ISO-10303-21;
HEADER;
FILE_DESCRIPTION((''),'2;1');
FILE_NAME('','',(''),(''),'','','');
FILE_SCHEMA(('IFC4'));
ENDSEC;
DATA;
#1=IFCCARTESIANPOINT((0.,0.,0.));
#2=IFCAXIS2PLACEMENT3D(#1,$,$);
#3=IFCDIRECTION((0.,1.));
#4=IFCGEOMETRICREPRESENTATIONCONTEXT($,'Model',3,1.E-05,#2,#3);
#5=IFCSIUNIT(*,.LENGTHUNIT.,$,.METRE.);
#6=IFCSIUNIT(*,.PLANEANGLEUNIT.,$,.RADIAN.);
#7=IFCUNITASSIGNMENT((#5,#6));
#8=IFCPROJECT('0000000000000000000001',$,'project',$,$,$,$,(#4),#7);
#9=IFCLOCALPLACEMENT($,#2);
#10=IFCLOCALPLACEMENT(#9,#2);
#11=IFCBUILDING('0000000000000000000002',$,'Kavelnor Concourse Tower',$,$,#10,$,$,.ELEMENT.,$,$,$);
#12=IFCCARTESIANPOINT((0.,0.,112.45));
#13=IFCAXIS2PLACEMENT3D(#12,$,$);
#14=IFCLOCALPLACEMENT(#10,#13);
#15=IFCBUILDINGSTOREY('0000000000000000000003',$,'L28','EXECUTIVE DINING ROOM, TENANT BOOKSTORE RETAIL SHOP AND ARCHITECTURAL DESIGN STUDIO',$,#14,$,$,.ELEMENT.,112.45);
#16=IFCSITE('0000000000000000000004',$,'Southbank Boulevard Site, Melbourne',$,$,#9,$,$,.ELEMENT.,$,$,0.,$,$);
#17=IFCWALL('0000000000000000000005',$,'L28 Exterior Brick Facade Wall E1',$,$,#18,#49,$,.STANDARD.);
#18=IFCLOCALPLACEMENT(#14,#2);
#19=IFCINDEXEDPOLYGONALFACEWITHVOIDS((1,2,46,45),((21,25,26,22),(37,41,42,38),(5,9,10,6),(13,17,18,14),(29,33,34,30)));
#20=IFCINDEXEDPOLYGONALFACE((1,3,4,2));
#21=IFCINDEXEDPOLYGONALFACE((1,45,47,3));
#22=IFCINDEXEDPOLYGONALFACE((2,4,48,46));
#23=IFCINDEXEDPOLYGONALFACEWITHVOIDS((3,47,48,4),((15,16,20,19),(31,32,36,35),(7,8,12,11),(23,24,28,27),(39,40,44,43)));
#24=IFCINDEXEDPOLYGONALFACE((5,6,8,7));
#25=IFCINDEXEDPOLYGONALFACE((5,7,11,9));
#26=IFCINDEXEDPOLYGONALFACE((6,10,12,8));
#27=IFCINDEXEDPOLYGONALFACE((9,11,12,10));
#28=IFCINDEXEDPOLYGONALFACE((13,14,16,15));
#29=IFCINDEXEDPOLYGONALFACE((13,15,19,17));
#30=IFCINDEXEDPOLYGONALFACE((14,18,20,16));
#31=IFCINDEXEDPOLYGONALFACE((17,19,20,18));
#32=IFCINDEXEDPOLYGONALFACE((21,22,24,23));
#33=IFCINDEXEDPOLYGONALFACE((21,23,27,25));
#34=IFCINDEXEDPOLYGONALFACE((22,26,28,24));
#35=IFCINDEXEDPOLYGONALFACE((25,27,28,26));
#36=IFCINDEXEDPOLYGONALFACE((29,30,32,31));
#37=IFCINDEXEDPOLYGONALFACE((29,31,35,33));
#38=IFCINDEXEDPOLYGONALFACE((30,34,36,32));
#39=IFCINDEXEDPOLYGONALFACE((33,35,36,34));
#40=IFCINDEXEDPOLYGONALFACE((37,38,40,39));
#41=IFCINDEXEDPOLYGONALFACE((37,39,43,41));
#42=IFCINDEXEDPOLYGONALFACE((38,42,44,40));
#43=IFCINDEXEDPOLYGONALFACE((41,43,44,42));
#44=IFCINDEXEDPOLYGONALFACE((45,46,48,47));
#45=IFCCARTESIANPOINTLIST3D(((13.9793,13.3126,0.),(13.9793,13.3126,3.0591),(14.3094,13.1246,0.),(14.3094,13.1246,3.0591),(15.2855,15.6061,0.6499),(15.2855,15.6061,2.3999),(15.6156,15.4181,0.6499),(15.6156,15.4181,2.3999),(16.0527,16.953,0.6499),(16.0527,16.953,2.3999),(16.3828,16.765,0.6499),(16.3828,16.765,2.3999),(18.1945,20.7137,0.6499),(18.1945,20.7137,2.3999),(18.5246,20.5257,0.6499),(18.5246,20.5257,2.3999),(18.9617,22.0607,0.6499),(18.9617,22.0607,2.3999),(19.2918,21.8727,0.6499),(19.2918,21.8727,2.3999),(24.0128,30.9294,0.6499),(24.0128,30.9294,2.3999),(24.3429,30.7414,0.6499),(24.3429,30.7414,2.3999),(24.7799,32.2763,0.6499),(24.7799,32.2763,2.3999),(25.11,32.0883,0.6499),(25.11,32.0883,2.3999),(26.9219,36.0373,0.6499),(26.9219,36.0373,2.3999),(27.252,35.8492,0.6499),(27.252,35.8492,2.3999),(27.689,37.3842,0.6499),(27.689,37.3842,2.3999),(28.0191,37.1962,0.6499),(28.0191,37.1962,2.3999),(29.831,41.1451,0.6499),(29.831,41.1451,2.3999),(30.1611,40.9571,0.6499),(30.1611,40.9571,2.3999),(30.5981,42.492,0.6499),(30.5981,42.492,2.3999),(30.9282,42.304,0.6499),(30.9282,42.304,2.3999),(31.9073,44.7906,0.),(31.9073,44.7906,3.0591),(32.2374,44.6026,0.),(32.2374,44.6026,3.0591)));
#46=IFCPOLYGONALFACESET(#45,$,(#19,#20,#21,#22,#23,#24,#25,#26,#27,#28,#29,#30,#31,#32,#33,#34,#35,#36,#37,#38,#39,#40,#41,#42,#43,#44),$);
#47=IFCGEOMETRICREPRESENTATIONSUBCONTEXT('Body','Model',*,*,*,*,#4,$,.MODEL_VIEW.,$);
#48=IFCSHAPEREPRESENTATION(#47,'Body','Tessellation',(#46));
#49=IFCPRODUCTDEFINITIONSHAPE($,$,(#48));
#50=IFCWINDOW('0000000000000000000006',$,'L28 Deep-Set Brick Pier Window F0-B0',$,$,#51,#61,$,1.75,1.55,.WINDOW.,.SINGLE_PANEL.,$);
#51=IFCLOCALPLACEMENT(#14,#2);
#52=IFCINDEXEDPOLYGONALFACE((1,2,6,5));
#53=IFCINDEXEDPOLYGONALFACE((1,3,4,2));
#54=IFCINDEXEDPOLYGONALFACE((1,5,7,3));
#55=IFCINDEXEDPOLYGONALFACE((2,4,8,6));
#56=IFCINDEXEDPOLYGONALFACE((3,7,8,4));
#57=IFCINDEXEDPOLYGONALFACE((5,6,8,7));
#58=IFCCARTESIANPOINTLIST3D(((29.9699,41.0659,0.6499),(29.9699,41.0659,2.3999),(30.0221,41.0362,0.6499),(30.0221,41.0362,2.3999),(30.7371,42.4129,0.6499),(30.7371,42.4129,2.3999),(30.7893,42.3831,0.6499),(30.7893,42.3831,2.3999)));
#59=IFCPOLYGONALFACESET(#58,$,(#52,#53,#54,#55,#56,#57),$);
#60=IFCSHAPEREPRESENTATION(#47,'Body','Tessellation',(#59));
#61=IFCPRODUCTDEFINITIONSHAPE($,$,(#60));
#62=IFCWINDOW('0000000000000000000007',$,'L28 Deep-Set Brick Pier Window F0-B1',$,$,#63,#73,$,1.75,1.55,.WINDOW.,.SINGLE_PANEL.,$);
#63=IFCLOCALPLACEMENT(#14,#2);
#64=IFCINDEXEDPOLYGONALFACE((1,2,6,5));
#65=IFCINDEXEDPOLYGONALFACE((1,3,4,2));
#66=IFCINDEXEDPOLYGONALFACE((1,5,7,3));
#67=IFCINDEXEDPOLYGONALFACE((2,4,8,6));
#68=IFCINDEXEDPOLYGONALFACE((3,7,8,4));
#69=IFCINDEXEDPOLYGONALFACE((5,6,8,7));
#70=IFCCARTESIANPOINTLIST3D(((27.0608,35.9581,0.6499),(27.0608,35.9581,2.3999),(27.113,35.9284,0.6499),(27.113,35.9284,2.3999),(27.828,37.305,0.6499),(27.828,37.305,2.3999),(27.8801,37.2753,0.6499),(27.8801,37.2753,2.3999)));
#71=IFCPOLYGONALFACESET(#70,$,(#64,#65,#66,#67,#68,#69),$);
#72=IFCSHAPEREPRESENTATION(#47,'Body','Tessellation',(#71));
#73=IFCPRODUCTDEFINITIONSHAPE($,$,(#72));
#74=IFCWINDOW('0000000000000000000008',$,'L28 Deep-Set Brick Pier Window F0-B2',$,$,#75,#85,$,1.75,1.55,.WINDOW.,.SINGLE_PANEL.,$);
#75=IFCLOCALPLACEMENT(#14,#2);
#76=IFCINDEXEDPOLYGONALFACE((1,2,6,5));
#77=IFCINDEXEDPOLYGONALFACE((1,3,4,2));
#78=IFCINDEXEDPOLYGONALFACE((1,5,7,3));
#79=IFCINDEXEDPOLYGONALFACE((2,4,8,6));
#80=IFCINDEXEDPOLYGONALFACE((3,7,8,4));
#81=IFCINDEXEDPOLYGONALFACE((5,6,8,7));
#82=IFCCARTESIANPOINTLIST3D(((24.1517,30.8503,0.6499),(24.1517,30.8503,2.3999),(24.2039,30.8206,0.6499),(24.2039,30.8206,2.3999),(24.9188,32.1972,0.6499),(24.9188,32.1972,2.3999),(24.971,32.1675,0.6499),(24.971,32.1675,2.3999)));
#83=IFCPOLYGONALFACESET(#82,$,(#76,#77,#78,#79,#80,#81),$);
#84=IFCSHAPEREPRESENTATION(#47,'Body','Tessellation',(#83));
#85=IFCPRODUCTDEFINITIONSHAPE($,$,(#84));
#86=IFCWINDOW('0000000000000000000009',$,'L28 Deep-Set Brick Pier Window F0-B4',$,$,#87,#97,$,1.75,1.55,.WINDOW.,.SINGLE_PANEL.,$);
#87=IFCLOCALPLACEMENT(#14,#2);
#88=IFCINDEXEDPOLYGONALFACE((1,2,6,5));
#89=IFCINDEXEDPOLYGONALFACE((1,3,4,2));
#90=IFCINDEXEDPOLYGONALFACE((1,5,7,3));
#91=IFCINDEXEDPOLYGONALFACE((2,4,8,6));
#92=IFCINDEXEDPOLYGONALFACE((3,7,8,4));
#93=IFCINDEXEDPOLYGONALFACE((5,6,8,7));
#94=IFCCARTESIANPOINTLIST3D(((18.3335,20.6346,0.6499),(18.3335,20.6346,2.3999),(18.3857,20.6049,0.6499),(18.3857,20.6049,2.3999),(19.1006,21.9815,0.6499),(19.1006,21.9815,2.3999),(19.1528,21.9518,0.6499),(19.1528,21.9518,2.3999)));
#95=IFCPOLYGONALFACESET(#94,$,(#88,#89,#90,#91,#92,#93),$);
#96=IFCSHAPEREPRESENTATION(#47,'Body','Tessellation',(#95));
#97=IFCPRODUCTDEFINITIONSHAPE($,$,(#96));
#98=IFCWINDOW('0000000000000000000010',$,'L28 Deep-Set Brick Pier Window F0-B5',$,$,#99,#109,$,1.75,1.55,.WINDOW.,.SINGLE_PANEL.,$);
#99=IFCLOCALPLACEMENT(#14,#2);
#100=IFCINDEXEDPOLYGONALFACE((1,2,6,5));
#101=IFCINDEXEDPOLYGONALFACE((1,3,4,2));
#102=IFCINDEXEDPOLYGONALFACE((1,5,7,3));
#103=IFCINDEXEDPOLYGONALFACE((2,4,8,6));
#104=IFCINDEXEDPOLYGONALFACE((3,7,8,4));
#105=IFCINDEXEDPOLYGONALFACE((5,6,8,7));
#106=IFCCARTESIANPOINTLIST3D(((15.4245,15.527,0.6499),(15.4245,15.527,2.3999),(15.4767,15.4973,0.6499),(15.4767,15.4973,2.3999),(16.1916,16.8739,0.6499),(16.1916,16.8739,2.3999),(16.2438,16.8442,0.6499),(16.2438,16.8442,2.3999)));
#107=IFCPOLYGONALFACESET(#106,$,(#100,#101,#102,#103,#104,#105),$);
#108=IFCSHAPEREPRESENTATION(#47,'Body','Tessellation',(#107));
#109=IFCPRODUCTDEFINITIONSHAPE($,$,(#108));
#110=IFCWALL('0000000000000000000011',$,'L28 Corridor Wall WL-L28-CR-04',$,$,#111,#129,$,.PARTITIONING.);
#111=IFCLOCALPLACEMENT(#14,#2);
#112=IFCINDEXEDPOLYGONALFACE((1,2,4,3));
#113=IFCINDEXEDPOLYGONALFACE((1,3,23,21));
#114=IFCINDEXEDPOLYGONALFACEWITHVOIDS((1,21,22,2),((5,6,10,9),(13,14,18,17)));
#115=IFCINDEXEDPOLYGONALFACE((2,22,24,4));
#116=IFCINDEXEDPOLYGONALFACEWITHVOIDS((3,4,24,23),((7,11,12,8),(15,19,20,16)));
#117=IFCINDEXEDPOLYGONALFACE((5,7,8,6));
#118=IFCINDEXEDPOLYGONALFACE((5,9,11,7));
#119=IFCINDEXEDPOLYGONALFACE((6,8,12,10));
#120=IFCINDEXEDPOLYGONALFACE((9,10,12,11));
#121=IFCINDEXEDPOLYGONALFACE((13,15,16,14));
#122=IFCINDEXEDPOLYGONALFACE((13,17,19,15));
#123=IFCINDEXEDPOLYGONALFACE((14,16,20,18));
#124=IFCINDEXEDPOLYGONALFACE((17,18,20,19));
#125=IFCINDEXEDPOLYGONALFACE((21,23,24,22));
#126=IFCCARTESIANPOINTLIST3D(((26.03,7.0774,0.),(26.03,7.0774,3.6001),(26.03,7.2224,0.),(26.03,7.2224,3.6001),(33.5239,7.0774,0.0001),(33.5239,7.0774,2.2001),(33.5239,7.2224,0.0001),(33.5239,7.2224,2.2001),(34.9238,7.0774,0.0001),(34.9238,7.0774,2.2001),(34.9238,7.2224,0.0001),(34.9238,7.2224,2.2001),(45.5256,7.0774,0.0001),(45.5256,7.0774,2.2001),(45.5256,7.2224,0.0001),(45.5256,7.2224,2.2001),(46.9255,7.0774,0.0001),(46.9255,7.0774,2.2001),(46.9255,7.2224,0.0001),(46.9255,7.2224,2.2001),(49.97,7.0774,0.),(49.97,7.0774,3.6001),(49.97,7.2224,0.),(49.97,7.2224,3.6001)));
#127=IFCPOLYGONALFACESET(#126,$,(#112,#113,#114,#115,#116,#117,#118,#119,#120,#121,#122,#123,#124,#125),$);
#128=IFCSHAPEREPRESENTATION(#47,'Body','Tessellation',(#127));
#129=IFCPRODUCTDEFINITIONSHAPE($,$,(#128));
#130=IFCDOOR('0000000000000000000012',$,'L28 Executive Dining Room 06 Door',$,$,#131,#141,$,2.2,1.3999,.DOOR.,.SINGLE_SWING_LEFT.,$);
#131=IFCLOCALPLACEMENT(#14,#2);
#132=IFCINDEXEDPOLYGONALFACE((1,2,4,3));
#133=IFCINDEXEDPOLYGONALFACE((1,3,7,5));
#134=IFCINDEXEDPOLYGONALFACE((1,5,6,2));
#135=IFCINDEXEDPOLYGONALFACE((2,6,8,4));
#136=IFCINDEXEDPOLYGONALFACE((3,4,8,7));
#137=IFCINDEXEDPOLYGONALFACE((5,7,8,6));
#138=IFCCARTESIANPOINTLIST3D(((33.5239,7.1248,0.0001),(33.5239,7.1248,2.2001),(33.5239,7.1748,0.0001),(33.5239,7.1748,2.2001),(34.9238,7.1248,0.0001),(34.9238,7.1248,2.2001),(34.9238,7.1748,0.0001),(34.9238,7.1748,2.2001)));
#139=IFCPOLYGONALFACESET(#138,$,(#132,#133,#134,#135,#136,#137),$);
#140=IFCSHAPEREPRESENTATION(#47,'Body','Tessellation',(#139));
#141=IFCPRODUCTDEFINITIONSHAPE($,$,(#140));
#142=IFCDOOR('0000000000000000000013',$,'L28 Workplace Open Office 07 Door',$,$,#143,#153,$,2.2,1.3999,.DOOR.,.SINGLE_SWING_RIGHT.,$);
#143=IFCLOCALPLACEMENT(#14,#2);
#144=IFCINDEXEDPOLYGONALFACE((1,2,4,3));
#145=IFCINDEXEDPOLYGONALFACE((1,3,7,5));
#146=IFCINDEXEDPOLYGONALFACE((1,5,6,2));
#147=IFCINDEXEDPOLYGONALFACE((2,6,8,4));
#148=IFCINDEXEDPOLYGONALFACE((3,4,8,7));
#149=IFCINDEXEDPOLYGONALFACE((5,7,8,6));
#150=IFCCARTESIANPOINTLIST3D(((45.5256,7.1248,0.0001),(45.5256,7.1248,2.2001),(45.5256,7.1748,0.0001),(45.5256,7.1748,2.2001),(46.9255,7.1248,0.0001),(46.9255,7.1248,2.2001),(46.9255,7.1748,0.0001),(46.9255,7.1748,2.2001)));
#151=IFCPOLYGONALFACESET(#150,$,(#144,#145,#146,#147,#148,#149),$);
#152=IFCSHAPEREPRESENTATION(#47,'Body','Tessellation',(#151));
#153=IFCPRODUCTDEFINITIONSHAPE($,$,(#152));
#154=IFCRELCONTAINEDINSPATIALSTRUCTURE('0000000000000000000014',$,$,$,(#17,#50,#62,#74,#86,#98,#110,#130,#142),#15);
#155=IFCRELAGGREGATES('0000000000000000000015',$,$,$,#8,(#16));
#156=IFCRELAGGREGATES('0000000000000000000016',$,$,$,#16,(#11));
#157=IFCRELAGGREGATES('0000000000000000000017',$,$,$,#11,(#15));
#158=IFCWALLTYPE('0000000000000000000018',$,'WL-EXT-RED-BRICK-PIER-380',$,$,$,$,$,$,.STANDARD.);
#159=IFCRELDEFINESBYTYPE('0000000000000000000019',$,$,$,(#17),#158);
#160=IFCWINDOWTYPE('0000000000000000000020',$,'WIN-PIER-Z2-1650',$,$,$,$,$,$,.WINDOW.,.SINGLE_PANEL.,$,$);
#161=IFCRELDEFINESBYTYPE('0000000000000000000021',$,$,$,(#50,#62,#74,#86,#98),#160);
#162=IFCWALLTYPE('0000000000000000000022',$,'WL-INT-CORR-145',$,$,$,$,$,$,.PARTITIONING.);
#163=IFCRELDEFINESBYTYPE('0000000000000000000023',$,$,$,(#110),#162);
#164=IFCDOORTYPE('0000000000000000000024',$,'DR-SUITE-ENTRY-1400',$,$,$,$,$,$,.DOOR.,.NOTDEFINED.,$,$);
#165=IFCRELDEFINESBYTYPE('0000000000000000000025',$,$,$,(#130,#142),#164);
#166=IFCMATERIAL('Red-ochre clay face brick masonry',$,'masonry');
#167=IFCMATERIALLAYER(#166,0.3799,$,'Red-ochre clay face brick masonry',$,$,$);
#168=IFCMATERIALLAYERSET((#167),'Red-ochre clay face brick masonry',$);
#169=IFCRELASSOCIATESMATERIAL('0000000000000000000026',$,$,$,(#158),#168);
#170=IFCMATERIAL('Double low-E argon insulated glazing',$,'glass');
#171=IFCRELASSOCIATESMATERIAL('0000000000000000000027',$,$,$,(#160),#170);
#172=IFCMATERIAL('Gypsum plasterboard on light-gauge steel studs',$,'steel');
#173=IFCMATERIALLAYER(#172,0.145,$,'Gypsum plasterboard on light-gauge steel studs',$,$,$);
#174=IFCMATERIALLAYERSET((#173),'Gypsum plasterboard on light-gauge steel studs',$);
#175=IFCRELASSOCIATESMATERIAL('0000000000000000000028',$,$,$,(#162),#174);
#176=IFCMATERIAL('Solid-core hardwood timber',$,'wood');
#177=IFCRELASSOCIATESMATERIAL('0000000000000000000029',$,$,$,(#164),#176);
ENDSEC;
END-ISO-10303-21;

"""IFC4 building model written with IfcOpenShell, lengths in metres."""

from ifc_helpers import new_model, si_unit, direction, frame, frame_2d, origin, place, context, subcontext, project, spatial, rectangle, extrude, material, layer, layer_set, type_object, element, fill, save


model = new_model("IFC4")

# Units and contexts
model_context = context("Model", 3, precision=1e-05, world=origin(), true_north=direction((0.0, 1.0)))
body_context = subcontext(model_context, "Body", "Model", "MODEL_VIEW")
ifc_project = project(units=[si_unit("LENGTHUNIT", "METRE"), si_unit("PLANEANGLEUNIT", "RADIAN")], contexts=[model_context])

# Site, building, storey
site_placement = place(None, origin())
site = spatial("IfcSite", under=ifc_project, at=site_placement, Name="Southbank Boulevard Site, Melbourne", CompositionType="ELEMENT", RefElevation=0.0)
building_placement = place(site_placement, origin())
building = spatial("IfcBuilding", under=site, at=building_placement, Name="Kavelnor Concourse Tower", CompositionType="ELEMENT")
storey_placement = place(building_placement, frame((0.0, 0.0, 112.45)))
storey = spatial("IfcBuildingStorey", under=building, at=storey_placement, Name="L28", Description="EXECUTIVE DINING ROOM, TENANT BOOKSTORE RETAIL SHOP AND ARCHITECTURAL DESIGN STUDIO", CompositionType="ELEMENT", Elevation=112.45)

# Shared definitions
ifc_material_1 = material(Name="Double low-E argon insulated glazing", Category="glass")

# Wall, openings, windows
ifc_material_2 = material(Name="Red-ochre clay face brick masonry", Category="masonry")
ifc_layer_1 = layer(ifc_material_2, 0.3799, Name="Red-ochre clay face brick masonry")
ifc_layer_set_1 = layer_set([ifc_layer_1], Name="Red-ochre clay face brick masonry")
wall_type_1 = type_object("IfcWallType", Name="WL-EXT-RED-BRICK-PIER-380", PredefinedType="STANDARD", material=ifc_layer_set_1)
wall_1_placement = place(storey_placement, frame((14.1443, 13.2185, 0.0), z_axis=(0.0, 0.0, 1.0), x_axis=(0.494901, 0.868949, 0.0)))
wall_1 = element("IfcWall", 1, at=wall_1_placement, inside=storey, type_object=wall_type_1, Name="L28 Exterior Brick Facade Wall E1", PredefinedType="STANDARD", context=body_context, shape_type="SweptSolid", body=[
    extrude(rectangle(XDim=36.2253, YDim=0.3799, at=frame_2d((18.1128, 0.0))), origin(), (0.0, 0.0, 1.0), 3.0591),
])
opening_1_placement = place(wall_1_placement, frame((32.0303, 0.0, 0.6499)))
opening_1 = element("IfcOpeningElement", 2, at=opening_1_placement, cuts=wall_1, PredefinedType="OPENING", context=body_context, shape_type="SweptSolid", body=[
    extrude(rectangle(XDim=1.55, YDim=1.75, at=frame_2d((0.7749, 0.875))), frame((0.0, 0.2, 0.0), z_axis=(0.0, -1.0, 0.0), x_axis=(1.0, 0.0, 0.0)), (0.0, 0.0, 1.0), 0.3999),
])
opening_2_placement = place(wall_1_placement, frame((26.1521, 0.0, 0.6499)))
opening_2 = element("IfcOpeningElement", 3, at=opening_2_placement, cuts=wall_1, PredefinedType="OPENING", context=body_context, shape_type="SweptSolid", body=[
    extrude(rectangle(XDim=1.55, YDim=1.75, at=frame_2d((0.7749, 0.875))), frame((0.0, 0.2, 0.0), z_axis=(0.0, -1.0, 0.0), x_axis=(1.0, 0.0, 0.0)), (0.0, 0.0, 1.0), 0.3999),
])
opening_3_placement = place(wall_1_placement, frame((20.2739, 0.0, 0.6499)))
opening_3 = element("IfcOpeningElement", 4, at=opening_3_placement, cuts=wall_1, PredefinedType="OPENING", context=body_context, shape_type="SweptSolid", body=[
    extrude(rectangle(XDim=1.55, YDim=1.75, at=frame_2d((0.7749, 0.875))), frame((0.0, 0.2, 0.0), z_axis=(0.0, -1.0, 0.0), x_axis=(1.0, 0.0, 0.0)), (0.0, 0.0, 1.0), 0.3999),
])
opening_4_placement = place(wall_1_placement, frame((8.5176, 0.0, 0.6499)))
opening_4 = element("IfcOpeningElement", 5, at=opening_4_placement, cuts=wall_1, PredefinedType="OPENING", context=body_context, shape_type="SweptSolid", body=[
    extrude(rectangle(XDim=1.55, YDim=1.75, at=frame_2d((0.7749, 0.875))), frame((0.0, 0.2, 0.0), z_axis=(0.0, -1.0, 0.0), x_axis=(1.0, 0.0, 0.0)), (0.0, 0.0, 1.0), 0.3999),
])
opening_5_placement = place(wall_1_placement, frame((2.6396, 0.0, 0.6499)))
opening_5 = element("IfcOpeningElement", 6, at=opening_5_placement, cuts=wall_1, PredefinedType="OPENING", context=body_context, shape_type="SweptSolid", body=[
    extrude(rectangle(XDim=1.55, YDim=1.75, at=frame_2d((0.7749, 0.875))), frame((0.0, 0.2, 0.0), z_axis=(0.0, -1.0, 0.0), x_axis=(1.0, 0.0, 0.0)), (0.0, 0.0, 1.0), 0.3999),
])
window_type_1 = type_object("IfcWindowType", Name="WIN-PIER-Z2-1650", PartitioningType="SINGLE_PANEL", PredefinedType="WINDOW", material=ifc_material_1)
window_1_placement = place(opening_1_placement, origin())
window_1 = element("IfcWindow", 7, at=window_1_placement, inside=storey, type_object=window_type_1, Name="L28 Deep-Set Brick Pier Window F0-B0", OverallHeight=1.75, OverallWidth=1.55, PartitioningType="SINGLE_PANEL", PredefinedType="WINDOW", context=body_context, shape_type="SweptSolid", body=[
    extrude(rectangle(XDim=1.55, YDim=1.75, at=frame_2d((0.7749, 0.875))), frame((0.0, 0.03, 0.0), z_axis=(0.0, -1.0, 0.0), x_axis=(1.0, 0.0, 0.0)), (0.0, 0.0, 1.0), 0.0601),
])
fill(opening_1, window_1)
window_2_placement = place(opening_2_placement, origin())
window_2 = element("IfcWindow", 8, at=window_2_placement, inside=storey, type_object=window_type_1, Name="L28 Deep-Set Brick Pier Window F0-B1", OverallHeight=1.75, OverallWidth=1.55, PartitioningType="SINGLE_PANEL", PredefinedType="WINDOW", context=body_context, shape_type="SweptSolid", body=[
    extrude(rectangle(XDim=1.55, YDim=1.75, at=frame_2d((0.7749, 0.875))), frame((0.0, 0.03, 0.0), z_axis=(0.0, -1.0, 0.0), x_axis=(1.0, 0.0, 0.0)), (0.0, 0.0, 1.0), 0.0601),
])
fill(opening_2, window_2)
window_3_placement = place(opening_3_placement, origin())
window_3 = element("IfcWindow", 9, at=window_3_placement, inside=storey, type_object=window_type_1, Name="L28 Deep-Set Brick Pier Window F0-B2", OverallHeight=1.75, OverallWidth=1.55, PartitioningType="SINGLE_PANEL", PredefinedType="WINDOW", context=body_context, shape_type="SweptSolid", body=[
    extrude(rectangle(XDim=1.55, YDim=1.75, at=frame_2d((0.7749, 0.875))), frame((0.0, 0.03, 0.0), z_axis=(0.0, -1.0, 0.0), x_axis=(1.0, 0.0, 0.0)), (0.0, 0.0, 1.0), 0.0601),
])
fill(opening_3, window_3)
window_4_placement = place(opening_4_placement, origin())
window_4 = element("IfcWindow", 10, at=window_4_placement, inside=storey, type_object=window_type_1, Name="L28 Deep-Set Brick Pier Window F0-B4", OverallHeight=1.75, OverallWidth=1.55, PartitioningType="SINGLE_PANEL", PredefinedType="WINDOW", context=body_context, shape_type="SweptSolid", body=[
    extrude(rectangle(XDim=1.55, YDim=1.75, at=frame_2d((0.7749, 0.875))), frame((0.0, 0.03, 0.0), z_axis=(0.0, -1.0, 0.0), x_axis=(1.0, 0.0, 0.0)), (0.0, 0.0, 1.0), 0.0601),
])
fill(opening_4, window_4)
window_5_placement = place(opening_5_placement, origin())
window_5 = element("IfcWindow", 11, at=window_5_placement, inside=storey, type_object=window_type_1, Name="L28 Deep-Set Brick Pier Window F0-B5", OverallHeight=1.75, OverallWidth=1.55, PartitioningType="SINGLE_PANEL", PredefinedType="WINDOW", context=body_context, shape_type="SweptSolid", body=[
    extrude(rectangle(XDim=1.55, YDim=1.75, at=frame_2d((0.7749, 0.875))), frame((0.0, 0.03, 0.0), z_axis=(0.0, -1.0, 0.0), x_axis=(1.0, 0.0, 0.0)), (0.0, 0.0, 1.0), 0.0601),
])
fill(opening_5, window_5)

# Wall, openings, doors
ifc_material_3 = material(Name="Gypsum plasterboard on light-gauge steel studs", Category="steel")
ifc_layer_2 = layer(ifc_material_3, 0.145, Name="Gypsum plasterboard on light-gauge steel studs")
ifc_layer_set_2 = layer_set([ifc_layer_2], Name="Gypsum plasterboard on light-gauge steel studs")
wall_type_2 = type_object("IfcWallType", Name="WL-INT-CORR-145", PredefinedType="PARTITIONING", material=ifc_layer_set_2)
wall_2_placement = place(storey_placement, frame((26.03, 7.1499, 0.0), z_axis=(0.0, 0.0, 1.0), x_axis=(1.0, 0.0, 0.0)))
wall_2 = element("IfcWall", 12, at=wall_2_placement, inside=storey, type_object=wall_type_2, Name="L28 Corridor Wall WL-L28-CR-04", PredefinedType="PARTITIONING", context=body_context, shape_type="SweptSolid", body=[
    extrude(rectangle(XDim=23.9399, YDim=0.145, at=frame_2d((11.97, 0.0))), origin(), (0.0, 0.0, 1.0), 3.6001),
])
opening_6_placement = place(wall_2_placement, frame((7.4939, 0.0, 0.0)))
opening_6 = element("IfcOpeningElement", 13, at=opening_6_placement, cuts=wall_2, PredefinedType="OPENING", context=body_context, shape_type="SweptSolid", body=[
    extrude(rectangle(XDim=1.3999, YDim=2.2, at=frame_2d((0.7, 1.1001))), frame((0.0, 0.0825, 0.0), z_axis=(0.0, -1.0, 0.0), x_axis=(1.0, 0.0, 0.0)), (0.0, 0.0, 1.0), 0.165),
])
opening_7_placement = place(wall_2_placement, frame((19.4956, 0.0, 0.0)))
opening_7 = element("IfcOpeningElement", 14, at=opening_7_placement, cuts=wall_2, PredefinedType="OPENING", context=body_context, shape_type="SweptSolid", body=[
    extrude(rectangle(XDim=1.3999, YDim=2.2, at=frame_2d((0.7, 1.1001))), frame((0.0, 0.0825, 0.0), z_axis=(0.0, -1.0, 0.0), x_axis=(1.0, 0.0, 0.0)), (0.0, 0.0, 1.0), 0.165),
])
ifc_material_4 = material(Name="Solid-core hardwood timber", Category="wood")
door_type = type_object("IfcDoorType", Name="DR-SUITE-ENTRY-1400", OperationType="NOTDEFINED", PredefinedType="DOOR", material=ifc_material_4)
door_1_placement = place(opening_6_placement, origin())
door_1 = element("IfcDoor", 15, at=door_1_placement, inside=storey, type_object=door_type, Name="L28 Executive Dining Room 06 Door", OperationType="SINGLE_SWING_LEFT", OverallHeight=2.2, OverallWidth=1.3999, PredefinedType="DOOR", context=body_context, shape_type="SweptSolid", body=[
    extrude(rectangle(XDim=1.3999, YDim=2.2, at=frame_2d((0.7, 1.1001))), frame((0.0, 0.0249, 0.0), z_axis=(0.0, -1.0, 0.0), x_axis=(1.0, 0.0, 0.0)), (0.0, 0.0, 1.0), 0.05),
])
fill(opening_6, door_1)
door_2_placement = place(opening_7_placement, origin())
door_2 = element("IfcDoor", 16, at=door_2_placement, inside=storey, type_object=door_type, Name="L28 Workplace Open Office 07 Door", OperationType="SINGLE_SWING_RIGHT", OverallHeight=2.2, OverallWidth=1.3999, PredefinedType="DOOR", context=body_context, shape_type="SweptSolid", body=[
    extrude(rectangle(XDim=1.3999, YDim=2.2, at=frame_2d((0.7, 1.1001))), frame((0.0, 0.0249, 0.0), z_axis=(0.0, -1.0, 0.0), x_axis=(1.0, 0.0, 0.0)), (0.0, 0.0, 1.0), 0.05),
])
fill(opening_7, door_2)

save(model, "model.ifc")
